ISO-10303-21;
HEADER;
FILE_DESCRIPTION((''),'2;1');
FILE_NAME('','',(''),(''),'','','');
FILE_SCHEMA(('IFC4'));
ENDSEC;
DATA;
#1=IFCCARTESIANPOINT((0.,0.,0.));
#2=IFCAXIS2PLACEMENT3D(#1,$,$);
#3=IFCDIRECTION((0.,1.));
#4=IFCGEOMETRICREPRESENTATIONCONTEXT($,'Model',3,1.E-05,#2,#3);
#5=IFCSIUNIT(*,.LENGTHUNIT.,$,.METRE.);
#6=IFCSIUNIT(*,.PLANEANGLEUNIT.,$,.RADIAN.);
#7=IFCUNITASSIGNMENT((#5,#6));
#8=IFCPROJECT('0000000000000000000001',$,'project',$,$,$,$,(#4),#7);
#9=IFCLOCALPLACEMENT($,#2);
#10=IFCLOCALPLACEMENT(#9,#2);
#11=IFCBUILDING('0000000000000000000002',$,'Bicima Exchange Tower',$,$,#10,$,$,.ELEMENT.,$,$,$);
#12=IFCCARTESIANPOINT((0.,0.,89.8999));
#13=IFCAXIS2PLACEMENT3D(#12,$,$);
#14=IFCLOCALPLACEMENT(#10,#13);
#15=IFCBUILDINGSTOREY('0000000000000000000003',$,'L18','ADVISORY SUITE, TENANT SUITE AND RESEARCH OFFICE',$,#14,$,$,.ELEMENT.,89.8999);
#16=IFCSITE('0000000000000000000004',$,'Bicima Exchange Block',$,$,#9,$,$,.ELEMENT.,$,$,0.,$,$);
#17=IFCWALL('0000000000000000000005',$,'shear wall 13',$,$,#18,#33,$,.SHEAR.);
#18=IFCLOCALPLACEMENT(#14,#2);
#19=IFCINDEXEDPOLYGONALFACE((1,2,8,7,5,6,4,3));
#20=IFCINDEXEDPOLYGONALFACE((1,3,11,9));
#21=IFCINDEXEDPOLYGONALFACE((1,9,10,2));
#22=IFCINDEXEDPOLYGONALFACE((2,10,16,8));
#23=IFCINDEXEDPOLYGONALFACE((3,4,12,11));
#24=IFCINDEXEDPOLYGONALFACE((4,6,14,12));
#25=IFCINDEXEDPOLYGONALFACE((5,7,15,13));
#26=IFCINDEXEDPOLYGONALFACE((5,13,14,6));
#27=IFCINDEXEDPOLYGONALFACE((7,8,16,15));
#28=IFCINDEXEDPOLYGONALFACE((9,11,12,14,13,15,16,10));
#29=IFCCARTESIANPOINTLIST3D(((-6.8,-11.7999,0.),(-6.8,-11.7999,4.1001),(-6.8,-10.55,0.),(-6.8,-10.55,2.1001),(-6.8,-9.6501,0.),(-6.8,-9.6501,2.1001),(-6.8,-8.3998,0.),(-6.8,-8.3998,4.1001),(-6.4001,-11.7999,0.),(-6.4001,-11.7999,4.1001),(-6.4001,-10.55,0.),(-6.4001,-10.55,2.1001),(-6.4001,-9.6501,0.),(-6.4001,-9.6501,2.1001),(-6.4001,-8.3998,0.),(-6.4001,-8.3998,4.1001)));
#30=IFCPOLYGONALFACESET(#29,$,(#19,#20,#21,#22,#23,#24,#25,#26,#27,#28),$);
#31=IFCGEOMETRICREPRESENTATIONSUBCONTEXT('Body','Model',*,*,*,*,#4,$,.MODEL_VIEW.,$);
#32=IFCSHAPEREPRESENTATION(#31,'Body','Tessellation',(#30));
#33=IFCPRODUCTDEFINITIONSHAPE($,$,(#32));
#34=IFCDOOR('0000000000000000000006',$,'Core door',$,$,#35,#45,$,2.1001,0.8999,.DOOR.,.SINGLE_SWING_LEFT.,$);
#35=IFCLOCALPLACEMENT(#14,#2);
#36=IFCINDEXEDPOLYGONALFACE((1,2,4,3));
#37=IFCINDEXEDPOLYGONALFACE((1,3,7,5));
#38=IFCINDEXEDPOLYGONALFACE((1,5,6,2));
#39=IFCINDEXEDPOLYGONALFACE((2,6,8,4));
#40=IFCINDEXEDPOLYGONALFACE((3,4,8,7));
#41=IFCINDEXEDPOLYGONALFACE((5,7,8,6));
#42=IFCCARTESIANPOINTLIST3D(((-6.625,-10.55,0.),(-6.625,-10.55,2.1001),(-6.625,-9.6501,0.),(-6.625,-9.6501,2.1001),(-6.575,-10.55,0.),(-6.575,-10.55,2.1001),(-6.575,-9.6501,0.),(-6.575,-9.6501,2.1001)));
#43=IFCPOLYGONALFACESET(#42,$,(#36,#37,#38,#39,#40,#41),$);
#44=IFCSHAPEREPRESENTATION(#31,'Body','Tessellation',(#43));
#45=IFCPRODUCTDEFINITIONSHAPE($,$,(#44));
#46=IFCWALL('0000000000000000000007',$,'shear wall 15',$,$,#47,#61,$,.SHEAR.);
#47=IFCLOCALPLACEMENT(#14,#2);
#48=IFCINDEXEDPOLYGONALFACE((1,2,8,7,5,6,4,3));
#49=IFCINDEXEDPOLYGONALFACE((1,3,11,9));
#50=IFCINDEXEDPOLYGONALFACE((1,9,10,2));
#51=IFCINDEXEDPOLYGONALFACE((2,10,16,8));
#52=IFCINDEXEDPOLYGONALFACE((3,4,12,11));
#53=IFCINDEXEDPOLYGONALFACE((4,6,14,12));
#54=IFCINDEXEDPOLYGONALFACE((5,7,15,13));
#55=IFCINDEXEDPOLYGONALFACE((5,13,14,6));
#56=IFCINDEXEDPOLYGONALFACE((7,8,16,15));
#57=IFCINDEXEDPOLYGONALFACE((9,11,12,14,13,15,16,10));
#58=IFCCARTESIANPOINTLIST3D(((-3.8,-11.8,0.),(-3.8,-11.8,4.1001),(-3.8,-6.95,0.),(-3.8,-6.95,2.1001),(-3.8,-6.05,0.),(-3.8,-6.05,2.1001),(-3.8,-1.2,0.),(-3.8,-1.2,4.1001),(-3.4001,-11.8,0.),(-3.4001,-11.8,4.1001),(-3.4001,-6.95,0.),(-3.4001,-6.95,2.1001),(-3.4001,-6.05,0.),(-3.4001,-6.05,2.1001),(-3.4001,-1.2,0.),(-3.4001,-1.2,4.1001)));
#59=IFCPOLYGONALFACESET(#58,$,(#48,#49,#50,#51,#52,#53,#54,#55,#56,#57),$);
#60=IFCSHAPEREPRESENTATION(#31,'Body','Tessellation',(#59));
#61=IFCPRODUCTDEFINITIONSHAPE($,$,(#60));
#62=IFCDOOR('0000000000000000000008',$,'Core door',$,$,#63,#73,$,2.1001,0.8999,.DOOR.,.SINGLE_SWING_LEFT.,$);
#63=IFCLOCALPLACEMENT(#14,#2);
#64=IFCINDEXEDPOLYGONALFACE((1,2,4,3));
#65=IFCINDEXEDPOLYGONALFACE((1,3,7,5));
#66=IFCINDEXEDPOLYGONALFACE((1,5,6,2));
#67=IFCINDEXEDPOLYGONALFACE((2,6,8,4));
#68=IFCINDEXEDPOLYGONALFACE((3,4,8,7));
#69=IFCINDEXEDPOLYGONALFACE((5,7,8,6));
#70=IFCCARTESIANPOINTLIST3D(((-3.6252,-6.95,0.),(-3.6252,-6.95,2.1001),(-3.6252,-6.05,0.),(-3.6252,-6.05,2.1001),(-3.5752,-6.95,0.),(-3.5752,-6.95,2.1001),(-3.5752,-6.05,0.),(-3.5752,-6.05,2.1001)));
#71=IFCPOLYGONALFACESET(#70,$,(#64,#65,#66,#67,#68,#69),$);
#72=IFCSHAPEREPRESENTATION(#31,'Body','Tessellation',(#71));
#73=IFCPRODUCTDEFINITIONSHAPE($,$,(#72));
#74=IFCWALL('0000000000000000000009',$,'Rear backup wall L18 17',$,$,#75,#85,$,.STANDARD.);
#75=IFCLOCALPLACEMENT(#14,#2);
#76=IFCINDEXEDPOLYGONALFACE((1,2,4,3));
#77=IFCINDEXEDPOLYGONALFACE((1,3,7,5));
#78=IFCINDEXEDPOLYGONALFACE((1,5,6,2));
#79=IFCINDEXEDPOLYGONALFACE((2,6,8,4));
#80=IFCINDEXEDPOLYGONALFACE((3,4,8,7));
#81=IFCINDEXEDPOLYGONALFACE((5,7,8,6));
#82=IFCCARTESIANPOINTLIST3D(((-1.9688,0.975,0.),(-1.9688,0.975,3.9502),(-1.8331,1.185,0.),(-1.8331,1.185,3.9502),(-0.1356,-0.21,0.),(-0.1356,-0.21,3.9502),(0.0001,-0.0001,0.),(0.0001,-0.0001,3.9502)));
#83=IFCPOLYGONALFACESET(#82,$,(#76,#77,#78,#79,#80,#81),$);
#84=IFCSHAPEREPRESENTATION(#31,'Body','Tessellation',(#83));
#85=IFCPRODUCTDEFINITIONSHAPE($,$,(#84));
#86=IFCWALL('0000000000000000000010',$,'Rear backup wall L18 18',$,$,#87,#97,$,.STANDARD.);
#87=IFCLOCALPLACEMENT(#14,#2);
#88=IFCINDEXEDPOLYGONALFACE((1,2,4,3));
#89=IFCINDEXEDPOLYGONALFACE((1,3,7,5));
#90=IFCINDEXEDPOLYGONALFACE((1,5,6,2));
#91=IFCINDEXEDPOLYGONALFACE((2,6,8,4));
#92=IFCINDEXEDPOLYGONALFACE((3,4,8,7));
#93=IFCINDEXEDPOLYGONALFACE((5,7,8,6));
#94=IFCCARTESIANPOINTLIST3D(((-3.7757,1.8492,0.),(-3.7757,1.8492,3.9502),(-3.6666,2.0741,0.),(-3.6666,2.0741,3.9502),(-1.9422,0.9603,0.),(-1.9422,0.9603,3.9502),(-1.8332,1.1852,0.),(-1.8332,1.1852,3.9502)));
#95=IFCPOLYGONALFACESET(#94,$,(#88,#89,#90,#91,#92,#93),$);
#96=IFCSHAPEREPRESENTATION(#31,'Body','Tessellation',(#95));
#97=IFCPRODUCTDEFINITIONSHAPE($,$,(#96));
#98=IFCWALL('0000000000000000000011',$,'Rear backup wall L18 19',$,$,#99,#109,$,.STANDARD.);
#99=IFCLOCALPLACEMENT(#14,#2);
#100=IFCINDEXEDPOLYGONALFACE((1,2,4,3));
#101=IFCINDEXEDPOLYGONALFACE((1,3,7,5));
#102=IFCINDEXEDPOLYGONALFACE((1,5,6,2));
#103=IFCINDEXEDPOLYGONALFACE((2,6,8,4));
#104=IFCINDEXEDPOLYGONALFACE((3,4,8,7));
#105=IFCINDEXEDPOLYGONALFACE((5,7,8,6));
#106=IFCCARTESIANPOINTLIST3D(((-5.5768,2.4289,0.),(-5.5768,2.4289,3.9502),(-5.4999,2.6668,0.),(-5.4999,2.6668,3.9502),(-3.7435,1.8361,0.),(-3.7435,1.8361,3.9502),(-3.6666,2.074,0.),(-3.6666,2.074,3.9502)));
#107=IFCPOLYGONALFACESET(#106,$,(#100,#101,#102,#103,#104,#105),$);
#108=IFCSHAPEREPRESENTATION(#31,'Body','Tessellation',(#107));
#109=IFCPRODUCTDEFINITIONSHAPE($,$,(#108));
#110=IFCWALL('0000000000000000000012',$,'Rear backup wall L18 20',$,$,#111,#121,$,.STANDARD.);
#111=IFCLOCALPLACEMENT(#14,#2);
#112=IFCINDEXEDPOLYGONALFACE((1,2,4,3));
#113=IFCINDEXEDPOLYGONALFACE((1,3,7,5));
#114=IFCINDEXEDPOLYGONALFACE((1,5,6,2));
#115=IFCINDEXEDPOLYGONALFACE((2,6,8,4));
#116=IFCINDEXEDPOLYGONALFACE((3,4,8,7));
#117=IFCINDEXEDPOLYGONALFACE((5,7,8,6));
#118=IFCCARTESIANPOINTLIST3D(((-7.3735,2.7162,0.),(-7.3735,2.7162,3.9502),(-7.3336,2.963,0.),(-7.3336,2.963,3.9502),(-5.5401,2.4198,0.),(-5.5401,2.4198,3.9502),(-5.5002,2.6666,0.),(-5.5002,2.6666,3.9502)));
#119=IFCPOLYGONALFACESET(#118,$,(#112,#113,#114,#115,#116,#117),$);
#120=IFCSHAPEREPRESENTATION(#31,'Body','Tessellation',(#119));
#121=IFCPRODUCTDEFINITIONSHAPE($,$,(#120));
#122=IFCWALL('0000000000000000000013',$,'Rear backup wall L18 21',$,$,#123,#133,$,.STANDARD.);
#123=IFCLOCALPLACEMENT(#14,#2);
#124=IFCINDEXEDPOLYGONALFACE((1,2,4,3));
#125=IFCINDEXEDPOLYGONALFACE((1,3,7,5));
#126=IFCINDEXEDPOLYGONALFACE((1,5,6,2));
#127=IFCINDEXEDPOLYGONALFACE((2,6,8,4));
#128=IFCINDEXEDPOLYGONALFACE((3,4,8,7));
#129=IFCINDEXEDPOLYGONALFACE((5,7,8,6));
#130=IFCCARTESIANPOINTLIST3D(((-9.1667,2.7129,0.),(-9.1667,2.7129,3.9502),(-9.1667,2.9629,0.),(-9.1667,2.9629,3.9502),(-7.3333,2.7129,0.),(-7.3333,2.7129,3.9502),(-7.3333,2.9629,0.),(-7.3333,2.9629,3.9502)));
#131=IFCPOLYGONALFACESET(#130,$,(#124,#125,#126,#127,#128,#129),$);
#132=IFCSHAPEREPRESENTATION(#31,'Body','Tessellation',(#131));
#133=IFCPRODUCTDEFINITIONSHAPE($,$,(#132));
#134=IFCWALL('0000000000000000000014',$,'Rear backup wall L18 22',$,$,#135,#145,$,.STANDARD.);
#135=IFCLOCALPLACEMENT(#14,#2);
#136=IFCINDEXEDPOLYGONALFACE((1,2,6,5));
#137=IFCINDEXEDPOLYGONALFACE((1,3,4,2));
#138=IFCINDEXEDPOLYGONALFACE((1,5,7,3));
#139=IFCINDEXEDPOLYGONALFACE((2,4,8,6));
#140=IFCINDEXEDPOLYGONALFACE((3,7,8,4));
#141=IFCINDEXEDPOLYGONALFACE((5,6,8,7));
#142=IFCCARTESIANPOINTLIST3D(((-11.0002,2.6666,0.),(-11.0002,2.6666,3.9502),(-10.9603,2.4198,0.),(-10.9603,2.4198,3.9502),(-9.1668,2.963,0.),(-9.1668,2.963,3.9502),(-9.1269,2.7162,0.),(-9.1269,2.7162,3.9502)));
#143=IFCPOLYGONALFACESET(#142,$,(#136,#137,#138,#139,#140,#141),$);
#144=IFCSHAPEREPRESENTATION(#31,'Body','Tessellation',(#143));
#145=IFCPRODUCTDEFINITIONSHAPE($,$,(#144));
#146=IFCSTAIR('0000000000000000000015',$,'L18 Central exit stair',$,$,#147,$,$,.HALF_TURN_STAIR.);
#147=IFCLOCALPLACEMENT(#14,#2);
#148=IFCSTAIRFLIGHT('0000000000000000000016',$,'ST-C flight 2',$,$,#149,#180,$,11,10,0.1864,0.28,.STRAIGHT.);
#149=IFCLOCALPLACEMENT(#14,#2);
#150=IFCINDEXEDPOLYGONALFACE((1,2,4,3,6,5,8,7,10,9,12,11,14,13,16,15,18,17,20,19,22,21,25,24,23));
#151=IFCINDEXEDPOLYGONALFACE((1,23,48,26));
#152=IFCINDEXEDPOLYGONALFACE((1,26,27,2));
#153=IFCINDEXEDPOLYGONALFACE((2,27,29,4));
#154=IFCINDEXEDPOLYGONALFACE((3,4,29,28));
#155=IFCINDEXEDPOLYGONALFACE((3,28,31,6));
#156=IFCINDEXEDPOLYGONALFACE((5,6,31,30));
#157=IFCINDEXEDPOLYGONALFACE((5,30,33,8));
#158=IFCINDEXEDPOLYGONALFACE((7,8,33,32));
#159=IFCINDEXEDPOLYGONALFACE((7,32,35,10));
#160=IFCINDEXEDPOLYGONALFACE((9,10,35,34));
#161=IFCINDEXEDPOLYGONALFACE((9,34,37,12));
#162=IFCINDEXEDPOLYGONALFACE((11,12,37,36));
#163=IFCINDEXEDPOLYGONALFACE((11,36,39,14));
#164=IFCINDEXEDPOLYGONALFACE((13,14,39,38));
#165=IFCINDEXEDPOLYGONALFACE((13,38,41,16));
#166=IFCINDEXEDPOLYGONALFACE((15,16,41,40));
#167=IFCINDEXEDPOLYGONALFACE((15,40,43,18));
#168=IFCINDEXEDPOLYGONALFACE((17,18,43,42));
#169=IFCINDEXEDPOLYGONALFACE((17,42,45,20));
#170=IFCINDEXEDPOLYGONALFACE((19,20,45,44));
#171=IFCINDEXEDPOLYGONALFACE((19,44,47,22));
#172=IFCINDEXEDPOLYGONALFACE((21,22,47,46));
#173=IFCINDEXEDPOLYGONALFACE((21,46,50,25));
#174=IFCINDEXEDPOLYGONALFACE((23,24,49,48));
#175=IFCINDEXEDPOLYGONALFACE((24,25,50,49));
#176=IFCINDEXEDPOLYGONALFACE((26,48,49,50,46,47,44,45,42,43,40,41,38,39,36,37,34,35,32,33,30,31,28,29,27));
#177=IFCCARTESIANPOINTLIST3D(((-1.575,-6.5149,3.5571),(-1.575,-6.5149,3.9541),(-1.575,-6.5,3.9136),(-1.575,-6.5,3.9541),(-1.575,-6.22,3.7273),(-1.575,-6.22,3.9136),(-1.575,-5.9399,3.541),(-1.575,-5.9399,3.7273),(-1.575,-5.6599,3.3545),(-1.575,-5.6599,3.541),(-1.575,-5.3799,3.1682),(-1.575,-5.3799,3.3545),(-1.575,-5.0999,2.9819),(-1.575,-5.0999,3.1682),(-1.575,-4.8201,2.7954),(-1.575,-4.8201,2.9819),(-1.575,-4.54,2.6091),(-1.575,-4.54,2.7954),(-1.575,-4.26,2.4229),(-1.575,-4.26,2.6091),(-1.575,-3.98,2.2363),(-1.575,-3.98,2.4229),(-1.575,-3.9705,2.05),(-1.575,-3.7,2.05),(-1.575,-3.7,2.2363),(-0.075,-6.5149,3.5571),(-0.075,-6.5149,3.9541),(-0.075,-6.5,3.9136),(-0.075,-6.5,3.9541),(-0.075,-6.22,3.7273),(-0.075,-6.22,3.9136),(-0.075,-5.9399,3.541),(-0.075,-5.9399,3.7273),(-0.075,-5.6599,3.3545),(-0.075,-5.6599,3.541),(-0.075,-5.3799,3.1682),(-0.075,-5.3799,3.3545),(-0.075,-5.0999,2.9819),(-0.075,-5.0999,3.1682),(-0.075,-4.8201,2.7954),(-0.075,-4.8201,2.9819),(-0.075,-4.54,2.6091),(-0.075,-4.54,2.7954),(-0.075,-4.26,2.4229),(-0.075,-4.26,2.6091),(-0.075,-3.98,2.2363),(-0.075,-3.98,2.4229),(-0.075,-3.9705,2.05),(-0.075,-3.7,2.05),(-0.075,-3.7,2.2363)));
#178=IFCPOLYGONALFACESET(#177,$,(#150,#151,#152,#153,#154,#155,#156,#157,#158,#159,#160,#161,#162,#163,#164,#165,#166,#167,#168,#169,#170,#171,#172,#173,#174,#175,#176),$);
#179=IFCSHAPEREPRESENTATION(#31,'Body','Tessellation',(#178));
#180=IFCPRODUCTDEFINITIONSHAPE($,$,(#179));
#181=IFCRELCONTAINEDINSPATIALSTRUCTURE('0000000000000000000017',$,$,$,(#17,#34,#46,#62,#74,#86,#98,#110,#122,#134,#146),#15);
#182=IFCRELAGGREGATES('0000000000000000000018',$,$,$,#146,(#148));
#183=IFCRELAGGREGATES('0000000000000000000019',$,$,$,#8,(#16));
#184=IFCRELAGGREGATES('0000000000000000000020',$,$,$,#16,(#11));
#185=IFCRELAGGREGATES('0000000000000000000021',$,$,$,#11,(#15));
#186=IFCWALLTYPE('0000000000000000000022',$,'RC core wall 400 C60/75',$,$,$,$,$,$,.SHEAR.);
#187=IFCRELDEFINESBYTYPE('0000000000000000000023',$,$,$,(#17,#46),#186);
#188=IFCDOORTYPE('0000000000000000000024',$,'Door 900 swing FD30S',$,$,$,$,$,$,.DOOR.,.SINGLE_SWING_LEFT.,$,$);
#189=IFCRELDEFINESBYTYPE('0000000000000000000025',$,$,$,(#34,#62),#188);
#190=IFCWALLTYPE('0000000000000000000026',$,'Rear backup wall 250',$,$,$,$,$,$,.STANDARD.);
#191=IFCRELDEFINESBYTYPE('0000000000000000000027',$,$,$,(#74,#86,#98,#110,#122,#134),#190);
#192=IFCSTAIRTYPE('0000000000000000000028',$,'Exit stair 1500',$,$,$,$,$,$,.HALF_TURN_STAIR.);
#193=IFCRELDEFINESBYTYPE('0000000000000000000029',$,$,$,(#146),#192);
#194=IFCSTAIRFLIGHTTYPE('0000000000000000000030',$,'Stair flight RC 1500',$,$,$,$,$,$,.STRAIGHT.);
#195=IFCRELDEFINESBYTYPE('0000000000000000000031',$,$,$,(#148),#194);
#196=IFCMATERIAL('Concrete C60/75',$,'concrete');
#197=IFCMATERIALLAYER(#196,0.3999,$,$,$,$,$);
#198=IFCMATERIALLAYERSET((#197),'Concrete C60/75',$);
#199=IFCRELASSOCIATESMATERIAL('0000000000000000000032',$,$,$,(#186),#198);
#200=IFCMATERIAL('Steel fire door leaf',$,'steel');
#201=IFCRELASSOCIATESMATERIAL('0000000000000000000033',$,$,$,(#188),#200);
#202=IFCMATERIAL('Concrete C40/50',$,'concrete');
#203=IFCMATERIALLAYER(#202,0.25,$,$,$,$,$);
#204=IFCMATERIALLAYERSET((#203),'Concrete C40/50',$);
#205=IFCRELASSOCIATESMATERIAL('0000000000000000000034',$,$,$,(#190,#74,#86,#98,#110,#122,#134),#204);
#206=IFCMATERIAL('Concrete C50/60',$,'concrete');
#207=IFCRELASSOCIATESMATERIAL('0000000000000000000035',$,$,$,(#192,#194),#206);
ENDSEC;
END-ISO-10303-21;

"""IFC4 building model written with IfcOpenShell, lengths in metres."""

from ifc_helpers import new_model, si_unit, direction, frame, frame_2d, origin, place, context, subcontext, project, spatial, polyline, rectangle, outline, extrude, material, layer, layer_set, layer_usage, type_object, element, fill, aggregate, save


model = new_model("IFC4")

# Units and contexts
model_context = context("Model", 3, precision=1e-05, world=origin(), true_north=direction((0.0, 1.0)))
body_context = subcontext(model_context, "Body", "Model", "MODEL_VIEW")
ifc_project = project(units=[si_unit("LENGTHUNIT", "METRE"), si_unit("PLANEANGLEUNIT", "RADIAN")], contexts=[model_context])

# Site, building, storey
site_placement = place(None, origin())
site = spatial("IfcSite", under=ifc_project, at=site_placement, Name="Bicima Exchange Block", CompositionType="ELEMENT", RefElevation=0.0)
building_placement = place(site_placement, origin())
building = spatial("IfcBuilding", under=site, at=building_placement, Name="Bicima Exchange Tower", CompositionType="ELEMENT")
storey_placement = place(building_placement, frame((0.0, 0.0, 89.8999)))
storey = spatial("IfcBuildingStorey", under=building, at=storey_placement, Name="L18", Description="ADVISORY SUITE, TENANT SUITE AND RESEARCH OFFICE", CompositionType="ELEMENT", Elevation=89.8999)

# Shared definitions
ifc_material_1 = material(Name="Concrete C50/60", Category="concrete")
ifc_material_2 = material(Name="Steel fire door leaf", Category="steel")

# Walls, openings, doors
ifc_material_3 = material(Name="Concrete C60/75", Category="concrete")
ifc_layer_1 = layer(ifc_material_3, 0.3999)
ifc_layer_set_1 = layer_set([ifc_layer_1], Name="Concrete C60/75")
wall_type_1 = type_object("IfcWallType", Name="RC core wall 400 C60/75", PredefinedType="SHEAR", material=ifc_layer_set_1)
wall_1_placement = place(storey_placement, frame((-6.6001, -11.8, 0.0), z_axis=(0.0, 0.0, 1.0), x_axis=(0.0, 1.0, 0.0)))
wall_1 = element("IfcWall", 1, at=wall_1_placement, inside=storey, type_object=wall_type_1, Name="shear wall 13", PredefinedType="SHEAR", context=body_context, shape_type="SweptSolid", body=[
    extrude(rectangle(XDim=3.4001, YDim=0.3999, at=frame_2d((1.7002, 0.0))), origin(), (0.0, 0.0, 1.0), 4.1001),
])
opening_1_placement = place(wall_1_placement, frame((1.25, 0.0, 0.0)))
opening_1 = element("IfcOpeningElement", 2, at=opening_1_placement, cuts=wall_1, PredefinedType="OPENING", context=body_context, shape_type="SweptSolid", body=[
    extrude(rectangle(XDim=0.8999, YDim=2.1001, at=frame_2d((0.45, 1.05))), frame((0.0, 0.2119, 0.0), z_axis=(0.0, -1.0, 0.0), x_axis=(1.0, 0.0, 0.0)), (0.0, 0.0, 1.0), 0.4238),
])
door_type_1 = type_object("IfcDoorType", Name="Door 900 swing FD30S", OperationType="SINGLE_SWING_LEFT", PredefinedType="DOOR", material=ifc_material_2)
door_1_placement = place(opening_1_placement, origin())
door_1 = element("IfcDoor", 3, at=door_1_placement, inside=storey, type_object=door_type_1, Name="Core door", OperationType="SINGLE_SWING_LEFT", OverallHeight=2.1001, OverallWidth=0.8999, PredefinedType="DOOR", context=body_context, shape_type="SweptSolid", body=[
    extrude(rectangle(XDim=0.8999, YDim=2.1001, at=frame_2d((0.45, 1.05))), frame((0.0, 0.0249, 0.0), z_axis=(0.0, -1.0, 0.0), x_axis=(1.0, 0.0, 0.0)), (0.0, 0.0, 1.0), 0.05),
])
fill(opening_1, door_1)
wall_2_placement = place(storey_placement, frame((-3.6001, -11.8, 0.0), z_axis=(0.0, 0.0, 1.0), x_axis=(0.0, 1.0, 0.0)))
wall_2 = element("IfcWall", 4, at=wall_2_placement, inside=storey, type_object=wall_type_1, Name="shear wall 15", PredefinedType="SHEAR", context=body_context, shape_type="SweptSolid", body=[
    extrude(rectangle(XDim=10.6001, YDim=0.3999, at=frame_2d((5.3, 0.0))), origin(), (0.0, 0.0, 1.0), 4.1001),
])
opening_2_placement = place(wall_2_placement, frame((4.8501, 0.0, 0.0)))
opening_2 = element("IfcOpeningElement", 5, at=opening_2_placement, cuts=wall_2, PredefinedType="OPENING", context=body_context, shape_type="SweptSolid", body=[
    extrude(rectangle(XDim=0.8999, YDim=2.1001, at=frame_2d((0.45, 1.05))), frame((0.0, 0.2119, 0.0), z_axis=(0.0, -1.0, 0.0), x_axis=(1.0, 0.0, 0.0)), (0.0, 0.0, 1.0), 0.4238),
])
door_2_placement = place(opening_2_placement, frame((0.8999, 0.0, 0.0), z_axis=(0.0, 0.0, 1.0), x_axis=(-1.0, 0.0, 0.0)))
door_2 = element("IfcDoor", 6, at=door_2_placement, inside=storey, type_object=door_type_1, Name="Core door", OperationType="SINGLE_SWING_LEFT", OverallHeight=2.1001, OverallWidth=0.8999, PredefinedType="DOOR", context=body_context, shape_type="SweptSolid", body=[
    extrude(rectangle(XDim=0.8999, YDim=2.1001, at=frame_2d((0.45, 1.05))), frame((0.0, 0.0249, 0.0), z_axis=(0.0, -1.0, 0.0), x_axis=(1.0, 0.0, 0.0)), (0.0, 0.0, 1.0), 0.05),
])
fill(opening_2, door_2)

# Walls
ifc_material_4 = material(Name="Concrete C40/50", Category="concrete")
ifc_layer_2 = layer(ifc_material_4, 0.25)
ifc_layer_set_2 = layer_set([ifc_layer_2], Name="Concrete C40/50")
ifc_layer_usage = layer_usage(ifc_layer_set_2, "AXIS2", "POSITIVE", -0.125)
wall_type_2 = type_object("IfcWallType", Name="Rear backup wall 250", PredefinedType="STANDARD", material=ifc_layer_set_2)
wall_3_placement = place(storey_placement, frame((-0.0679, -0.105, 0.0), z_axis=(0.0, 0.0, 1.0), x_axis=(-0.839813, 0.542876, 0.0)))
element("IfcWall", 7, at=wall_3_placement, inside=storey, type_object=wall_type_2, material=ifc_layer_usage, Name="Rear backup wall L18 17", PredefinedType="STANDARD", context=body_context, shape_type="SweptSolid", body=[
    extrude(rectangle(XDim=2.1829, YDim=0.25, at=frame_2d((1.0913, 0.0))), origin(), (0.0, 0.0, 1.0), 3.9502),
])
wall_4_placement = place(storey_placement, frame((-1.8877, 1.0728, 0.0), z_axis=(0.0, 0.0, 1.0), x_axis=(-0.899824, 0.436253, 0.0)))
element("IfcWall", 8, at=wall_4_placement, inside=storey, type_object=wall_type_2, material=ifc_layer_usage, Name="Rear backup wall L18 18", PredefinedType="STANDARD", context=body_context, shape_type="SweptSolid", body=[
    extrude(rectangle(XDim=2.0376, YDim=0.25, at=frame_2d((1.0188, 0.0))), origin(), (0.0, 0.0, 1.0), 3.9502),
])
wall_5_placement = place(storey_placement, frame((-3.7051, 1.9551, 0.0), z_axis=(0.0, 0.0, 1.0), x_axis=(-0.951496, 0.307662, 0.0)))
element("IfcWall", 9, at=wall_5_placement, inside=storey, type_object=wall_type_2, material=ifc_layer_usage, Name="Rear backup wall L18 19", PredefinedType="STANDARD", context=body_context, shape_type="SweptSolid", body=[
    extrude(rectangle(XDim=1.9268, YDim=0.25, at=frame_2d((0.9634, 0.0))), origin(), (0.0, 0.0, 1.0), 3.9502),
])
wall_6_placement = place(storey_placement, frame((-5.52, 2.5432, 0.0), z_axis=(0.0, 0.0, 1.0), x_axis=(-0.987182, 0.1596, 0.0)))
element("IfcWall", 10, at=wall_6_placement, inside=storey, type_object=wall_type_2, material=ifc_layer_usage, Name="Rear backup wall L18 20", PredefinedType="STANDARD", context=body_context, shape_type="SweptSolid", body=[
    extrude(rectangle(XDim=1.8572, YDim=0.25, at=frame_2d((0.9287, 0.0))), origin(), (0.0, 0.0, 1.0), 3.9502),
])
wall_7_placement = place(storey_placement, frame((-7.3333, 2.8379, 0.0), z_axis=(0.0, 0.0, 1.0), x_axis=(-1.0, 0.0, 0.0)))
element("IfcWall", 11, at=wall_7_placement, inside=storey, type_object=wall_type_2, material=ifc_layer_usage, Name="Rear backup wall L18 21", PredefinedType="STANDARD", context=body_context, shape_type="SweptSolid", body=[
    extrude(rectangle(XDim=1.8335, YDim=0.25, at=frame_2d((0.9167, 0.0))), origin(), (0.0, 0.0, 1.0), 3.9502),
])
wall_8_placement = place(storey_placement, frame((-9.1467, 2.8396, 0.0), z_axis=(0.0, 0.0, 1.0), x_axis=(-0.987182, -0.1596, 0.0)))
element("IfcWall", 12, at=wall_8_placement, inside=storey, type_object=wall_type_2, material=ifc_layer_usage, Name="Rear backup wall L18 22", PredefinedType="STANDARD", context=body_context, shape_type="SweptSolid", body=[
    extrude(rectangle(XDim=1.8572, YDim=0.25, at=frame_2d((0.9287, 0.0))), origin(), (0.0, 0.0, 1.0), 3.9502),
])

# Stair, stair flight
stair_type = type_object("IfcStairType", Name="Exit stair 1500", PredefinedType="HALF_TURN_STAIR", material=ifc_material_1)
stair_placement = place(storey_placement, origin())
stair = element("IfcStair", 13, at=stair_placement, inside=storey, type_object=stair_type, Name="L18 Central exit stair", PredefinedType="HALF_TURN_STAIR")
stair_flight_type = type_object("IfcStairFlightType", Name="Stair flight RC 1500", PredefinedType="STRAIGHT", material=ifc_material_1)
stair_flight_placement = place(storey_placement, frame((-0.825, -3.7, 2.05), z_axis=(0.0, 0.0, 1.0), x_axis=(0.0, -1.0, 0.0)))
stair_flight = element("IfcStairFlight", 14, at=stair_flight_placement, type_object=stair_flight_type, Name="ST-C flight 2", NumberOfRisers=11, NumberOfTreads=10, PredefinedType="STRAIGHT", RiserHeight=0.1864, TreadLength=0.28, context=body_context, shape_type="SweptSolid", body=[
    extrude(outline(polyline([(0.0, 0.0), (0.0, 0.1863), (0.28, 0.1863), (0.28, 0.3728), (0.5601, 0.3728), (0.5601, 0.5591), (0.8401, 0.5591), (0.8401, 0.7454), (1.1201, 0.7454), (1.1201, 0.9319), (1.3999, 0.9319), (1.3999, 1.1182), (1.6799, 1.1182), (1.6799, 1.3044), (1.96, 1.3044), (1.96, 1.491), (2.24, 1.491), (2.24, 1.6772), (2.52, 1.6772), (2.52, 1.8635), (2.8, 1.8635), (2.8, 1.9041), (2.8149, 1.9041), (2.8149, 1.5071), (0.2705, 0.0), (0.0, 0.0)])), frame((0.0, 0.75, 0.0), z_axis=(0.0, -1.0, 0.0), x_axis=(1.0, 0.0, 0.0)), (0.0, 0.0, 1.0), 1.5),
])
aggregate(stair, [stair_flight])

save(model, "model.ifc")
